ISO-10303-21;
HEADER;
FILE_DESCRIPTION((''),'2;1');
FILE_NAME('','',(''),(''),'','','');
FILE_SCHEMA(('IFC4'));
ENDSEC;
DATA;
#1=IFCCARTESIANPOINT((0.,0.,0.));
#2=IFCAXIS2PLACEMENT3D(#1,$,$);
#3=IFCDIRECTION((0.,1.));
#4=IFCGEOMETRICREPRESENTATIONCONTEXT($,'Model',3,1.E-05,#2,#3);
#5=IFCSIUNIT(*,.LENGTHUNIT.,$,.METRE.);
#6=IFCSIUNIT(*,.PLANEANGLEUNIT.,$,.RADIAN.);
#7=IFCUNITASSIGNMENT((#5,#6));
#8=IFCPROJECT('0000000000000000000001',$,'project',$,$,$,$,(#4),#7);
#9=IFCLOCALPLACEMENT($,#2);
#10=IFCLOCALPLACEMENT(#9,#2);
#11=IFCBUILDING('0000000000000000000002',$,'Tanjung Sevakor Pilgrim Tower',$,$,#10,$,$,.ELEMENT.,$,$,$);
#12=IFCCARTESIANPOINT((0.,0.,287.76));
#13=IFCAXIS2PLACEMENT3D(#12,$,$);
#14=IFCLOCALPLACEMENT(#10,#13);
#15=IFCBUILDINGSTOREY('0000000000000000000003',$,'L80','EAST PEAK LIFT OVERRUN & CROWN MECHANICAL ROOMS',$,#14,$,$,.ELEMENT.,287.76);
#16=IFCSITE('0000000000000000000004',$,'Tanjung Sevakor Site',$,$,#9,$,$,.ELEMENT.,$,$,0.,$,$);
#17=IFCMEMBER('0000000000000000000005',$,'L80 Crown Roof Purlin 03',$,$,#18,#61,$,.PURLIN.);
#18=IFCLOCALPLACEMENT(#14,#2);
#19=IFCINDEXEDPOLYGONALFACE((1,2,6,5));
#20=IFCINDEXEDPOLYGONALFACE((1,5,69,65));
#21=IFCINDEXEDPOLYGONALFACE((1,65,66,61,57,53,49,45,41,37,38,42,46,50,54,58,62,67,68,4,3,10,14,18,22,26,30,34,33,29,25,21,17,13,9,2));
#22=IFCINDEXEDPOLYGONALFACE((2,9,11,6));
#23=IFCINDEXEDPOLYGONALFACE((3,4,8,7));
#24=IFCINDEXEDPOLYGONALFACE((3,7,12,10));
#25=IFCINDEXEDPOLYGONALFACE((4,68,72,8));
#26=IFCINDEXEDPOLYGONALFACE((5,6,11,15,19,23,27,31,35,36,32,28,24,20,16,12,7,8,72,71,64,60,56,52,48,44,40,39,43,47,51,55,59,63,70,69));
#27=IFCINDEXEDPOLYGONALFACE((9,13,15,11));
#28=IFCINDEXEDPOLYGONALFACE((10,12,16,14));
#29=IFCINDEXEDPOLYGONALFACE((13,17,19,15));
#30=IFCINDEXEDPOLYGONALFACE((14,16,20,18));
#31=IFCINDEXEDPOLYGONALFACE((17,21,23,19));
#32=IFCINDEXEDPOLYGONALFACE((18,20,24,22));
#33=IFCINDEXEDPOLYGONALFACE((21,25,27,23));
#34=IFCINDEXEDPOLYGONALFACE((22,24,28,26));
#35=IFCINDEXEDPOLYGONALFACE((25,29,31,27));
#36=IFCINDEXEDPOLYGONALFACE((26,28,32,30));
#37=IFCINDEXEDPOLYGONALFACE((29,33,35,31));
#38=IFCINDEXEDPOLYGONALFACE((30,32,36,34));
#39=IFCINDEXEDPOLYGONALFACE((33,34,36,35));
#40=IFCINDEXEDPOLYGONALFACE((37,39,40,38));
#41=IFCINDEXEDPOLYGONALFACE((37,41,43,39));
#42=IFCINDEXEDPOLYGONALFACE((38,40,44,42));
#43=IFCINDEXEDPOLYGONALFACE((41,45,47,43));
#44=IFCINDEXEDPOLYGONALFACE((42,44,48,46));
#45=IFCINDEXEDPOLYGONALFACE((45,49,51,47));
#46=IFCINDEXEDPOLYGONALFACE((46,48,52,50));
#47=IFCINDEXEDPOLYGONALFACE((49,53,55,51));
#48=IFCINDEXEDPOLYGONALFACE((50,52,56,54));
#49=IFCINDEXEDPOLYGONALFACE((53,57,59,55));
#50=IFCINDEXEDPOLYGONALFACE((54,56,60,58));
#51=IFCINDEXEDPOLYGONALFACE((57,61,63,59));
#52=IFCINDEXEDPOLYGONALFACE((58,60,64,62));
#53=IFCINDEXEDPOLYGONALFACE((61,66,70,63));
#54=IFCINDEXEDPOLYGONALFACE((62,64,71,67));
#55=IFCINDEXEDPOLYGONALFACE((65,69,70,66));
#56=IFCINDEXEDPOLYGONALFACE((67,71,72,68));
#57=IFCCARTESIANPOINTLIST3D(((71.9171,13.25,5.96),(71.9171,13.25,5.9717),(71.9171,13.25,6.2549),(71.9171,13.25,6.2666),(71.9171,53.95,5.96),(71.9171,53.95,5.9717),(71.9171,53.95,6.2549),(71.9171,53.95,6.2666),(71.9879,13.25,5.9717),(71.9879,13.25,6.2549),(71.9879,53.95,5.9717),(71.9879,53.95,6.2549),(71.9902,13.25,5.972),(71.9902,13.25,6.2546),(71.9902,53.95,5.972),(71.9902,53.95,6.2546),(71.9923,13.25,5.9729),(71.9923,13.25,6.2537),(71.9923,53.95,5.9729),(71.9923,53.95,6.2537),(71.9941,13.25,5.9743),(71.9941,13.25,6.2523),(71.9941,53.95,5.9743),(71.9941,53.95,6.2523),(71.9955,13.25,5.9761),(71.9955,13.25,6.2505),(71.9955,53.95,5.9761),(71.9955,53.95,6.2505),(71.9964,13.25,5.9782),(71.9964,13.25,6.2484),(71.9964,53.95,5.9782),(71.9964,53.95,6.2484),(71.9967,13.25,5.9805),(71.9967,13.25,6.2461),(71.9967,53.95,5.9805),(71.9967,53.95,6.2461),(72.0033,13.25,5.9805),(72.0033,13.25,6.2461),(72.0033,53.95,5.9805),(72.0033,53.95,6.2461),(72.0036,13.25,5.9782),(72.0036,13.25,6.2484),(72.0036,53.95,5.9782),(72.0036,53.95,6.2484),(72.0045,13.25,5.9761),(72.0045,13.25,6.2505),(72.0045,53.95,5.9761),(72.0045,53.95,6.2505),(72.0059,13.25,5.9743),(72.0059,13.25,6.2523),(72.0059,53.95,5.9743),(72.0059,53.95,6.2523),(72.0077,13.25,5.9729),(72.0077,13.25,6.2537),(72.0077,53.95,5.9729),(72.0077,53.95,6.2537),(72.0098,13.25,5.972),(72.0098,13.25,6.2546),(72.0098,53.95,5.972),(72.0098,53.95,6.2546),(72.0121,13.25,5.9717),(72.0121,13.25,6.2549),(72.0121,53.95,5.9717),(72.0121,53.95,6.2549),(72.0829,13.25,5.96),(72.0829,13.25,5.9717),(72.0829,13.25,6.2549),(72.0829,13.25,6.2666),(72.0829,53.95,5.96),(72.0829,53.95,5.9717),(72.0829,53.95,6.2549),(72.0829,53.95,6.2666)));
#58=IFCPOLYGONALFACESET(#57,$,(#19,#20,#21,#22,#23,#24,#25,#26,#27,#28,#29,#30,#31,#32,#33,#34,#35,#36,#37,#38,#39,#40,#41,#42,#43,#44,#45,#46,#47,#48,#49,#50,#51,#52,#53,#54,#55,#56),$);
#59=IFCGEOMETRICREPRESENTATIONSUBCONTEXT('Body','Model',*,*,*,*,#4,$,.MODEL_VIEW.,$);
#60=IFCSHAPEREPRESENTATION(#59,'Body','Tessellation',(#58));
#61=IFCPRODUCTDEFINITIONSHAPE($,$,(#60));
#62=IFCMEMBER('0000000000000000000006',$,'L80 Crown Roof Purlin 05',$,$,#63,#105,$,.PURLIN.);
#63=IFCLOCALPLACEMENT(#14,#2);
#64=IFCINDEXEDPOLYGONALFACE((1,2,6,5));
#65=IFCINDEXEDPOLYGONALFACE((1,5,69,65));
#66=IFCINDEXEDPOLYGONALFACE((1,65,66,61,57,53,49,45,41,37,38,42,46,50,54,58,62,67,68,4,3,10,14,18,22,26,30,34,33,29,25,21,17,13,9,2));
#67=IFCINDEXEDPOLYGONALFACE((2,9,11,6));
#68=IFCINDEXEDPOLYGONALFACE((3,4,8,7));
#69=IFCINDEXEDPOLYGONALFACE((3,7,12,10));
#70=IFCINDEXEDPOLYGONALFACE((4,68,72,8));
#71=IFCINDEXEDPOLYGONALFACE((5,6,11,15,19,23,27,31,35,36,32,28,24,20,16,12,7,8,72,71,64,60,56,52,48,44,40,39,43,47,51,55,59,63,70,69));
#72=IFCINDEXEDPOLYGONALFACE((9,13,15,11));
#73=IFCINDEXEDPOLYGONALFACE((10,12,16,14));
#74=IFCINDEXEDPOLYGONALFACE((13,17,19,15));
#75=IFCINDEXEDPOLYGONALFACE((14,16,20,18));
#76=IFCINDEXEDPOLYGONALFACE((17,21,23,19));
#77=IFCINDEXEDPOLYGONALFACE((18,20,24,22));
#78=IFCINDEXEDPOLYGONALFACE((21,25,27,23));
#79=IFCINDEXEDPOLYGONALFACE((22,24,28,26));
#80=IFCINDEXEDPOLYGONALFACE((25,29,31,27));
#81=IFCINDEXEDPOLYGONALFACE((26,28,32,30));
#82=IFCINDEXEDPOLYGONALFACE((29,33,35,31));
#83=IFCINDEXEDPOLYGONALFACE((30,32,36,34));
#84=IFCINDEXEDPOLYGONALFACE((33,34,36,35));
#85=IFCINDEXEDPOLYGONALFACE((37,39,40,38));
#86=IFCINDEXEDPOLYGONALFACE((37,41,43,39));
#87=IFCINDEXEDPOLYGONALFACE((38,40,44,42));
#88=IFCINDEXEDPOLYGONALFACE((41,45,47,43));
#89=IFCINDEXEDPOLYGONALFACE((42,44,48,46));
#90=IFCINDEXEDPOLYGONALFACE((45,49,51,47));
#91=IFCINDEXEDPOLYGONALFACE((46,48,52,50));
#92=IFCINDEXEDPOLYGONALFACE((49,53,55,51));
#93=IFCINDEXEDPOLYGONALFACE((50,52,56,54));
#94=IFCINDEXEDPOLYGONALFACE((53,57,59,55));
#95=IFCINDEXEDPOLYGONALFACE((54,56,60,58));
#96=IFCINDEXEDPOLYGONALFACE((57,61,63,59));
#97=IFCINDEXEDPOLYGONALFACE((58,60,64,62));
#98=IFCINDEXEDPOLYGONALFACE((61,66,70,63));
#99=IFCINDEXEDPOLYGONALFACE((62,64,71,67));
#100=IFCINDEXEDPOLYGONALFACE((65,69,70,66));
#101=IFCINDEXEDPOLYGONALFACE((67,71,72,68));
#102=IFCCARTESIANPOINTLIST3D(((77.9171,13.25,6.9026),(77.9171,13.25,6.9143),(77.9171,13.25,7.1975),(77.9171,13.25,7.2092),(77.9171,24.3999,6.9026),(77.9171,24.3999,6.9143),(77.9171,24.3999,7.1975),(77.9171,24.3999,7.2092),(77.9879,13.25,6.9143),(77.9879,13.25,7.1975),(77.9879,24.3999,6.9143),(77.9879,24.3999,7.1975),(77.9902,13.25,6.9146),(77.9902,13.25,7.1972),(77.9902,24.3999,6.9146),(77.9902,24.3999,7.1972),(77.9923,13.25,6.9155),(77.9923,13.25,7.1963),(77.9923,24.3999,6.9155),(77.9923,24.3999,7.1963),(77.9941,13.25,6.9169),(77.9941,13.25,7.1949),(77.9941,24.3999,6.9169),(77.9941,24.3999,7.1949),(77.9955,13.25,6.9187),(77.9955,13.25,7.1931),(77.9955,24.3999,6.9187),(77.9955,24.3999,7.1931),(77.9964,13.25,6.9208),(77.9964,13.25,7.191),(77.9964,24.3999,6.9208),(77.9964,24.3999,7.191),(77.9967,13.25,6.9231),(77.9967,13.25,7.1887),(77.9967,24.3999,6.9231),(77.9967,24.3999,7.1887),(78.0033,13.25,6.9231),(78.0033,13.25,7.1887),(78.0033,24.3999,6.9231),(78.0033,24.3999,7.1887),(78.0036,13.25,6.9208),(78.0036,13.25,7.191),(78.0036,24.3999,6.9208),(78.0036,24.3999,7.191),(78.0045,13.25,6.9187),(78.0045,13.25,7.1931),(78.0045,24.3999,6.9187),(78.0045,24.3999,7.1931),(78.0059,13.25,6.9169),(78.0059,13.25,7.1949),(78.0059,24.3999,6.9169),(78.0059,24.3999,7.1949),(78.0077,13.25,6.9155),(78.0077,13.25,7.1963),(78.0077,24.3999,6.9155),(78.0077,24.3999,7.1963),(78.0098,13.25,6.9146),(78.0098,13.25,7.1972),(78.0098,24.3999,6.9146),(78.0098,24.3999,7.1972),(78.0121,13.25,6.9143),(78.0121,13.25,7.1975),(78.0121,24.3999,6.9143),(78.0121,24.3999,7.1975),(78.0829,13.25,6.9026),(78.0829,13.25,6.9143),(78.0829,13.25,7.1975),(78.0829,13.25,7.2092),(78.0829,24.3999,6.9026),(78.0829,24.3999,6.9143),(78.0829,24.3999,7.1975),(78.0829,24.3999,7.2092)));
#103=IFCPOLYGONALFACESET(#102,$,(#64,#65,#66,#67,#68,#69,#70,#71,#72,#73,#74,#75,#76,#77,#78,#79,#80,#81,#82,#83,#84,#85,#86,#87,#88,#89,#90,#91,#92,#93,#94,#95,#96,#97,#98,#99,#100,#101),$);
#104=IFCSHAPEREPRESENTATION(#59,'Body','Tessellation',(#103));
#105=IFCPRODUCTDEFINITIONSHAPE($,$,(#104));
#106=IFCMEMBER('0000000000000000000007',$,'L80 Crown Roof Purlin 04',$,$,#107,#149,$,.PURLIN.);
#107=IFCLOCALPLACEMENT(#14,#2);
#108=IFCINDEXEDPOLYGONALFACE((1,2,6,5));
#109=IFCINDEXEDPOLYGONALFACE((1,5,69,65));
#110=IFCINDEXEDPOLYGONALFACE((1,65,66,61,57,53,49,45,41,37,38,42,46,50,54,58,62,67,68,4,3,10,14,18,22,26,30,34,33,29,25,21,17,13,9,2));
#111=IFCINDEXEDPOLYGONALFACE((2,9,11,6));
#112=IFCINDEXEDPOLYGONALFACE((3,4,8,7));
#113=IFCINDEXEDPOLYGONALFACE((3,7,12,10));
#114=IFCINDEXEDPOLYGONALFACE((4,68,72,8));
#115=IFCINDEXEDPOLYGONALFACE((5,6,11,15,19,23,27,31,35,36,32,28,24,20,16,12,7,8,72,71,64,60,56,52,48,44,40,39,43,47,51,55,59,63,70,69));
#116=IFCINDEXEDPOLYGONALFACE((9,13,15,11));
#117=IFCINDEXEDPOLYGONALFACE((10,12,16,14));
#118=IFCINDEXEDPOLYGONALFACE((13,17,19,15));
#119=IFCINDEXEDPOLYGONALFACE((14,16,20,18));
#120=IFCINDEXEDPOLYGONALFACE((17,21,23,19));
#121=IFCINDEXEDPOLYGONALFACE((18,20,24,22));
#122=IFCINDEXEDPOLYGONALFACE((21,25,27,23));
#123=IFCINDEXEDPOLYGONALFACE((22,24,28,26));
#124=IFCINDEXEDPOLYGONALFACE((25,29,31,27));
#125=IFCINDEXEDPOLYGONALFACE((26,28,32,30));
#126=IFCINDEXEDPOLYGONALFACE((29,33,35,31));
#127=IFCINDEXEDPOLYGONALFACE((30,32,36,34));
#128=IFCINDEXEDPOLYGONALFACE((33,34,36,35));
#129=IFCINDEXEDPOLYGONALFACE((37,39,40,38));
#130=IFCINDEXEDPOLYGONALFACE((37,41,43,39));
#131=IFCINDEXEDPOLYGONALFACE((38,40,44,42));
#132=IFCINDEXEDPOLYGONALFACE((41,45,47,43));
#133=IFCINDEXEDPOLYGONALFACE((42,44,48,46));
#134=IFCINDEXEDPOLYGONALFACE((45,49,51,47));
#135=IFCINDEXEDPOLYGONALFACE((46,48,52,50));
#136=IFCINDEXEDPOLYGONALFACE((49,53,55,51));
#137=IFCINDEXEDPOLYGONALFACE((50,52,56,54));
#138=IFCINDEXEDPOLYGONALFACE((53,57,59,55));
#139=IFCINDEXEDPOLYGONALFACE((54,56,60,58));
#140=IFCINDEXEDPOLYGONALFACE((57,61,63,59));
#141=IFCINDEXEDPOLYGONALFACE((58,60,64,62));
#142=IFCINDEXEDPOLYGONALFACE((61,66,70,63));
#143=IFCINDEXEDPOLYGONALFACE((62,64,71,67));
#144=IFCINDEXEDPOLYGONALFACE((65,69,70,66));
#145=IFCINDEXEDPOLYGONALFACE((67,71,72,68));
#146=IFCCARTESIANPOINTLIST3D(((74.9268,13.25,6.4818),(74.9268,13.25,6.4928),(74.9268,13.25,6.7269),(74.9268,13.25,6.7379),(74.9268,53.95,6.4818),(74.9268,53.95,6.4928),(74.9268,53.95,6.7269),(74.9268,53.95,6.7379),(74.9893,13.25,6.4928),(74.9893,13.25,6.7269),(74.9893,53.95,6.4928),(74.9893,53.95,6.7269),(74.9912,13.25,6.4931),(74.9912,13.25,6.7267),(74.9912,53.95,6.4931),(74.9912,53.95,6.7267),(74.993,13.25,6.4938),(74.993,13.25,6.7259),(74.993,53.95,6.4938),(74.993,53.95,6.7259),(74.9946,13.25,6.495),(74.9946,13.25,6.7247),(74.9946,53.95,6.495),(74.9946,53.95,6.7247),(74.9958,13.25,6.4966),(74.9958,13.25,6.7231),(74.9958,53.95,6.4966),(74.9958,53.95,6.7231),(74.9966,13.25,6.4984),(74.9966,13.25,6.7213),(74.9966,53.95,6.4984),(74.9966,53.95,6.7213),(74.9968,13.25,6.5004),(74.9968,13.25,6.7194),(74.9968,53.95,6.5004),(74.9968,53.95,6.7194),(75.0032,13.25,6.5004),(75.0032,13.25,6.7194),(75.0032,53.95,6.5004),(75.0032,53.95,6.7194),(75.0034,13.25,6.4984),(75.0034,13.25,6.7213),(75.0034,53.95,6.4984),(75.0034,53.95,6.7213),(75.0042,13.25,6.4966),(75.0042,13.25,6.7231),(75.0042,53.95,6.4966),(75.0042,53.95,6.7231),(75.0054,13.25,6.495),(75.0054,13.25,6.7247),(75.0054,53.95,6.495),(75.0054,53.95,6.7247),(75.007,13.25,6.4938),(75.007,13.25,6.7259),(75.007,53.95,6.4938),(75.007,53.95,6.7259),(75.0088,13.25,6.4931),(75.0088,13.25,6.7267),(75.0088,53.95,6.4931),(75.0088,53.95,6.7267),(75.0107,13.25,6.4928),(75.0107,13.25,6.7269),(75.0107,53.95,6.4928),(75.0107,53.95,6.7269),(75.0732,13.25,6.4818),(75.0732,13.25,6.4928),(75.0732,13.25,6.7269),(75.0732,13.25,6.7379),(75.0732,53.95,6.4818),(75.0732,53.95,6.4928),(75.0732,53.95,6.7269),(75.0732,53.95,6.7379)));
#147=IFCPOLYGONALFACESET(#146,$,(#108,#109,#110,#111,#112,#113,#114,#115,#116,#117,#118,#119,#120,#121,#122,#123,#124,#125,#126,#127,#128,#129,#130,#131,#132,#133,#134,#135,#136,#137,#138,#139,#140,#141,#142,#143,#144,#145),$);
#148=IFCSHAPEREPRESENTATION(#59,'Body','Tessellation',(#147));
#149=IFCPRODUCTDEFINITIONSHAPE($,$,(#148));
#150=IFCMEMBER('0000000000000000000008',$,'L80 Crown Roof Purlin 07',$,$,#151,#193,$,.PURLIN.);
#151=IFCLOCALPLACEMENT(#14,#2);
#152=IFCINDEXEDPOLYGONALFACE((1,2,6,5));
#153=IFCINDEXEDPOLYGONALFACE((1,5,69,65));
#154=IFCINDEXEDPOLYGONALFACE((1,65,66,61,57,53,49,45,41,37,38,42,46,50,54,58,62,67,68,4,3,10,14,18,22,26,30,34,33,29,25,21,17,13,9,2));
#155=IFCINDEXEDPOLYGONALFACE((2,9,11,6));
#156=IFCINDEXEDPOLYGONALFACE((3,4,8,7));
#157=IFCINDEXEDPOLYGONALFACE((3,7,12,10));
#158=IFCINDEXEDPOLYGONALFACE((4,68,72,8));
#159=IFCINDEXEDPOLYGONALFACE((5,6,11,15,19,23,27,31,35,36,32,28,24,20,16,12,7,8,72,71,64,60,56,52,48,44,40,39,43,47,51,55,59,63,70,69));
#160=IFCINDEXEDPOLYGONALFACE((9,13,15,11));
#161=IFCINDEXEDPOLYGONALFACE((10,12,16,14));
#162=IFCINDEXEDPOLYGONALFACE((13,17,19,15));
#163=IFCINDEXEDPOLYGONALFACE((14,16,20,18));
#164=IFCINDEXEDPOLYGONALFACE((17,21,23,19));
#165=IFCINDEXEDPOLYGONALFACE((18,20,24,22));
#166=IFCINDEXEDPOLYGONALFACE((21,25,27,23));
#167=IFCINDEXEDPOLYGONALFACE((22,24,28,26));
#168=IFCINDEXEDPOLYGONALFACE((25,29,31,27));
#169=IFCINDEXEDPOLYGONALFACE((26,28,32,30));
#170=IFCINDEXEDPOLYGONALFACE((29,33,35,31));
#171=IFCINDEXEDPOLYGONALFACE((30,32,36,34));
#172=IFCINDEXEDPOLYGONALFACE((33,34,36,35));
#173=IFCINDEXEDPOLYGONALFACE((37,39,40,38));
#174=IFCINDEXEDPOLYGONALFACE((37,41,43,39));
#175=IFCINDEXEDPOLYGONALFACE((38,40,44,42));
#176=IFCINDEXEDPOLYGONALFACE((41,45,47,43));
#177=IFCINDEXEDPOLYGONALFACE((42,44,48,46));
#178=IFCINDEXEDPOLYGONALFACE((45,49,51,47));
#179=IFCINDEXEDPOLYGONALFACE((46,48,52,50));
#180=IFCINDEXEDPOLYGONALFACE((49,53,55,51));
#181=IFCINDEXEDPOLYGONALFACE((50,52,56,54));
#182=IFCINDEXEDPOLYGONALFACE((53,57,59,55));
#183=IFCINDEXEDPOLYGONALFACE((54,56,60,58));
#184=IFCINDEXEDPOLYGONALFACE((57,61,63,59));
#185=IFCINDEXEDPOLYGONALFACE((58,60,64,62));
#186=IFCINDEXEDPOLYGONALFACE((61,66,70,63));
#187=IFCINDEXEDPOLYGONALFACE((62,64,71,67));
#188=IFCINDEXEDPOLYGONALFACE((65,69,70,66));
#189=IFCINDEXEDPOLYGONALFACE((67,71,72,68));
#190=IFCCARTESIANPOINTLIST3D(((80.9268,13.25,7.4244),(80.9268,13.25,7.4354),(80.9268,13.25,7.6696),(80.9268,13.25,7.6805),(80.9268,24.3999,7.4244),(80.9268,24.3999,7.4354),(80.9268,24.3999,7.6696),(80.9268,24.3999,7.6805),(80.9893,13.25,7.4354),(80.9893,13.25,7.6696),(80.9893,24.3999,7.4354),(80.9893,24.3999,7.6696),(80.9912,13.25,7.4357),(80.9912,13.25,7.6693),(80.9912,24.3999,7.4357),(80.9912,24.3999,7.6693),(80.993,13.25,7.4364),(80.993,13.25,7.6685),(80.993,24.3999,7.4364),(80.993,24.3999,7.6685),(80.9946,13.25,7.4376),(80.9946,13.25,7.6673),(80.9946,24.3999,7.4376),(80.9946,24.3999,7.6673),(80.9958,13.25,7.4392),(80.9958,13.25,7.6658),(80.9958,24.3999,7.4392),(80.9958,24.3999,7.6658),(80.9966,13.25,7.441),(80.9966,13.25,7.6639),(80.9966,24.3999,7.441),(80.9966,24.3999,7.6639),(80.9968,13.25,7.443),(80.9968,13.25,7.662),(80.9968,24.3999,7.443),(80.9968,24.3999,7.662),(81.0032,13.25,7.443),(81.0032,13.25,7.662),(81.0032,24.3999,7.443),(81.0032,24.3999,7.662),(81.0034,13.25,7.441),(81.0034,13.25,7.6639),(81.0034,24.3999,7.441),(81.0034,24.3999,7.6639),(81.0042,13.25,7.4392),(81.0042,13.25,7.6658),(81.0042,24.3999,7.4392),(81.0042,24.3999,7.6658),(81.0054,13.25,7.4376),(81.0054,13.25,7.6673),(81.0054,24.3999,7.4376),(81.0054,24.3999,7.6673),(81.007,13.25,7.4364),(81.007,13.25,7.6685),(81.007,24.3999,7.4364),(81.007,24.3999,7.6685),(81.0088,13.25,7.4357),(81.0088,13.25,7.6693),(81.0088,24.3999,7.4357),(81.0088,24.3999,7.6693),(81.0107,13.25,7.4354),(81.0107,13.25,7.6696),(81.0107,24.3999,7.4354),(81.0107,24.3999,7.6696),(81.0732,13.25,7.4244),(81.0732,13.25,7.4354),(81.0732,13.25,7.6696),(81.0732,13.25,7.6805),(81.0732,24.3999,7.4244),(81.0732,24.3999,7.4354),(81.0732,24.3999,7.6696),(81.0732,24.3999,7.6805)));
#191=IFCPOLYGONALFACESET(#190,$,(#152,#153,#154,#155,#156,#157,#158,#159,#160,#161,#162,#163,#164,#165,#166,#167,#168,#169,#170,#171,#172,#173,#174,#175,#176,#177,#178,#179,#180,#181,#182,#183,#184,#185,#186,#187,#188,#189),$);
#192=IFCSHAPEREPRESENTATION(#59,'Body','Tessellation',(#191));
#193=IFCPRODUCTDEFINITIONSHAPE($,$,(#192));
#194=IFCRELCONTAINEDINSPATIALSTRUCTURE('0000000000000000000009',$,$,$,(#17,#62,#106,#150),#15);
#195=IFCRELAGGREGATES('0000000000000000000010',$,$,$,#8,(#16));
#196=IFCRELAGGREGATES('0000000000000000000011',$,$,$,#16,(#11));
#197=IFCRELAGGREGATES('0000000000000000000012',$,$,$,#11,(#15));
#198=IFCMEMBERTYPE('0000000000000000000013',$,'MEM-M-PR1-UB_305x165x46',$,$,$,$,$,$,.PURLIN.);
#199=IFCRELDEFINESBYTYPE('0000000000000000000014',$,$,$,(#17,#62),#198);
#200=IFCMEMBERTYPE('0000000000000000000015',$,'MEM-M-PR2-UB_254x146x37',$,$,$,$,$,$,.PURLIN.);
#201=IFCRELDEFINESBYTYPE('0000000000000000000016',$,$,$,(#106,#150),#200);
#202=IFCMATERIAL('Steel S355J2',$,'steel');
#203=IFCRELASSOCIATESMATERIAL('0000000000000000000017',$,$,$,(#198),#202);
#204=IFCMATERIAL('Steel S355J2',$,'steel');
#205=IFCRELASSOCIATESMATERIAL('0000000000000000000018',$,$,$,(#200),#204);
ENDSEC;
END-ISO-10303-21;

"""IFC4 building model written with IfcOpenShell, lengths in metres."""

from ifc_helpers import new_model, si_unit, direction, frame, origin, origin_2d, place, context, subcontext, project, spatial, i_section, extrude, material, material_profile, profile_set, type_object, element, save


model = new_model("IFC4")

# Units and contexts
model_context = context("Model", 3, precision=1e-05, world=origin(), true_north=direction((0.0, 1.0)))
body_context = subcontext(model_context, "Body", "Model", "MODEL_VIEW")
ifc_project = project(units=[si_unit("LENGTHUNIT", "METRE"), si_unit("PLANEANGLEUNIT", "RADIAN")], contexts=[model_context])

# Site, building, storey
site_placement = place(None, origin())
site = spatial("IfcSite", under=ifc_project, at=site_placement, Name="Tanjung Sevakor Site", CompositionType="ELEMENT", RefElevation=0.0)
building_placement = place(site_placement, origin())
building = spatial("IfcBuilding", under=site, at=building_placement, Name="Tanjung Sevakor Pilgrim Tower", CompositionType="ELEMENT")
storey_placement = place(building_placement, frame((0.0, 0.0, 287.76)))
storey = spatial("IfcBuildingStorey", under=building, at=storey_placement, Name="L80", Description="EAST PEAK LIFT OVERRUN & CROWN MECHANICAL ROOMS", CompositionType="ELEMENT", Elevation=287.76)

# Members
ifc_material_1 = material(Name="Steel S355J2", Category="steel")
ifc_material_profile_1 = material_profile(ifc_material_1, i_section(OverallWidth=0.1658, OverallDepth=0.3066, WebThickness=0.0066, FlangeThickness=0.0117, FilletRadius=0.0088, at=origin_2d()))
ifc_profile_set_1 = profile_set([ifc_material_profile_1], Name="Steel S355J2")
member_type_1 = type_object("IfcMemberType", Name="MEM-M-PR1-UB_305x165x46", PredefinedType="PURLIN", material=ifc_profile_set_1)
member_1_placement = place(storey_placement, frame((72.0, 13.25, 6.1133), z_axis=(0.0, 1.0, 0.0), x_axis=(-1.0, 0.0, 0.0)))
element("IfcMember", 1, at=member_1_placement, inside=storey, type_object=member_type_1, Name="L80 Crown Roof Purlin 03", PredefinedType="PURLIN", context=body_context, shape_type="SweptSolid", body=[
    extrude(i_section(OverallWidth=0.1658, OverallDepth=0.3066, WebThickness=0.0066, FlangeThickness=0.0117, FilletRadius=0.0088, at=origin_2d()), origin(), (0.0, 0.0, 1.0), 40.7),
])
member_2_placement = place(storey_placement, frame((78.0, 13.25, 7.0559), z_axis=(0.0, 1.0, 0.0), x_axis=(-1.0, 0.0, 0.0)))
element("IfcMember", 2, at=member_2_placement, inside=storey, type_object=member_type_1, Name="L80 Crown Roof Purlin 05", PredefinedType="PURLIN", context=body_context, shape_type="SweptSolid", body=[
    extrude(i_section(OverallWidth=0.1658, OverallDepth=0.3066, WebThickness=0.0066, FlangeThickness=0.0117, FilletRadius=0.0088, at=origin_2d()), origin(), (0.0, 0.0, 1.0), 11.1499),
])
ifc_material_2 = material(Name="Steel S355J2", Category="steel")
ifc_material_profile_2 = material_profile(ifc_material_2, i_section(OverallWidth=0.1465, OverallDepth=0.2561, WebThickness=0.0063, FlangeThickness=0.011, FilletRadius=0.0076, at=origin_2d()))
ifc_profile_set_2 = profile_set([ifc_material_profile_2], Name="Steel S355J2")
member_type_2 = type_object("IfcMemberType", Name="MEM-M-PR2-UB_254x146x37", PredefinedType="PURLIN", material=ifc_profile_set_2)
member_3_placement = place(storey_placement, frame((75.0, 13.25, 6.6099), z_axis=(0.0, 1.0, 0.0), x_axis=(-1.0, 0.0, 0.0)))
element("IfcMember", 3, at=member_3_placement, inside=storey, type_object=member_type_2, Name="L80 Crown Roof Purlin 04", PredefinedType="PURLIN", context=body_context, shape_type="SweptSolid", body=[
    extrude(i_section(OverallWidth=0.1465, OverallDepth=0.2561, WebThickness=0.0063, FlangeThickness=0.011, FilletRadius=0.0076, at=origin_2d()), origin(), (0.0, 0.0, 1.0), 40.7),
])
member_4_placement = place(storey_placement, frame((81.0, 13.25, 7.5525), z_axis=(0.0, 1.0, 0.0), x_axis=(-1.0, 0.0, 0.0)))
element("IfcMember", 4, at=member_4_placement, inside=storey, type_object=member_type_2, Name="L80 Crown Roof Purlin 07", PredefinedType="PURLIN", context=body_context, shape_type="SweptSolid", body=[
    extrude(i_section(OverallWidth=0.1465, OverallDepth=0.2561, WebThickness=0.0063, FlangeThickness=0.011, FilletRadius=0.0076, at=origin_2d()), origin(), (0.0, 0.0, 1.0), 11.1499),
])

save(model, "model.ifc")
